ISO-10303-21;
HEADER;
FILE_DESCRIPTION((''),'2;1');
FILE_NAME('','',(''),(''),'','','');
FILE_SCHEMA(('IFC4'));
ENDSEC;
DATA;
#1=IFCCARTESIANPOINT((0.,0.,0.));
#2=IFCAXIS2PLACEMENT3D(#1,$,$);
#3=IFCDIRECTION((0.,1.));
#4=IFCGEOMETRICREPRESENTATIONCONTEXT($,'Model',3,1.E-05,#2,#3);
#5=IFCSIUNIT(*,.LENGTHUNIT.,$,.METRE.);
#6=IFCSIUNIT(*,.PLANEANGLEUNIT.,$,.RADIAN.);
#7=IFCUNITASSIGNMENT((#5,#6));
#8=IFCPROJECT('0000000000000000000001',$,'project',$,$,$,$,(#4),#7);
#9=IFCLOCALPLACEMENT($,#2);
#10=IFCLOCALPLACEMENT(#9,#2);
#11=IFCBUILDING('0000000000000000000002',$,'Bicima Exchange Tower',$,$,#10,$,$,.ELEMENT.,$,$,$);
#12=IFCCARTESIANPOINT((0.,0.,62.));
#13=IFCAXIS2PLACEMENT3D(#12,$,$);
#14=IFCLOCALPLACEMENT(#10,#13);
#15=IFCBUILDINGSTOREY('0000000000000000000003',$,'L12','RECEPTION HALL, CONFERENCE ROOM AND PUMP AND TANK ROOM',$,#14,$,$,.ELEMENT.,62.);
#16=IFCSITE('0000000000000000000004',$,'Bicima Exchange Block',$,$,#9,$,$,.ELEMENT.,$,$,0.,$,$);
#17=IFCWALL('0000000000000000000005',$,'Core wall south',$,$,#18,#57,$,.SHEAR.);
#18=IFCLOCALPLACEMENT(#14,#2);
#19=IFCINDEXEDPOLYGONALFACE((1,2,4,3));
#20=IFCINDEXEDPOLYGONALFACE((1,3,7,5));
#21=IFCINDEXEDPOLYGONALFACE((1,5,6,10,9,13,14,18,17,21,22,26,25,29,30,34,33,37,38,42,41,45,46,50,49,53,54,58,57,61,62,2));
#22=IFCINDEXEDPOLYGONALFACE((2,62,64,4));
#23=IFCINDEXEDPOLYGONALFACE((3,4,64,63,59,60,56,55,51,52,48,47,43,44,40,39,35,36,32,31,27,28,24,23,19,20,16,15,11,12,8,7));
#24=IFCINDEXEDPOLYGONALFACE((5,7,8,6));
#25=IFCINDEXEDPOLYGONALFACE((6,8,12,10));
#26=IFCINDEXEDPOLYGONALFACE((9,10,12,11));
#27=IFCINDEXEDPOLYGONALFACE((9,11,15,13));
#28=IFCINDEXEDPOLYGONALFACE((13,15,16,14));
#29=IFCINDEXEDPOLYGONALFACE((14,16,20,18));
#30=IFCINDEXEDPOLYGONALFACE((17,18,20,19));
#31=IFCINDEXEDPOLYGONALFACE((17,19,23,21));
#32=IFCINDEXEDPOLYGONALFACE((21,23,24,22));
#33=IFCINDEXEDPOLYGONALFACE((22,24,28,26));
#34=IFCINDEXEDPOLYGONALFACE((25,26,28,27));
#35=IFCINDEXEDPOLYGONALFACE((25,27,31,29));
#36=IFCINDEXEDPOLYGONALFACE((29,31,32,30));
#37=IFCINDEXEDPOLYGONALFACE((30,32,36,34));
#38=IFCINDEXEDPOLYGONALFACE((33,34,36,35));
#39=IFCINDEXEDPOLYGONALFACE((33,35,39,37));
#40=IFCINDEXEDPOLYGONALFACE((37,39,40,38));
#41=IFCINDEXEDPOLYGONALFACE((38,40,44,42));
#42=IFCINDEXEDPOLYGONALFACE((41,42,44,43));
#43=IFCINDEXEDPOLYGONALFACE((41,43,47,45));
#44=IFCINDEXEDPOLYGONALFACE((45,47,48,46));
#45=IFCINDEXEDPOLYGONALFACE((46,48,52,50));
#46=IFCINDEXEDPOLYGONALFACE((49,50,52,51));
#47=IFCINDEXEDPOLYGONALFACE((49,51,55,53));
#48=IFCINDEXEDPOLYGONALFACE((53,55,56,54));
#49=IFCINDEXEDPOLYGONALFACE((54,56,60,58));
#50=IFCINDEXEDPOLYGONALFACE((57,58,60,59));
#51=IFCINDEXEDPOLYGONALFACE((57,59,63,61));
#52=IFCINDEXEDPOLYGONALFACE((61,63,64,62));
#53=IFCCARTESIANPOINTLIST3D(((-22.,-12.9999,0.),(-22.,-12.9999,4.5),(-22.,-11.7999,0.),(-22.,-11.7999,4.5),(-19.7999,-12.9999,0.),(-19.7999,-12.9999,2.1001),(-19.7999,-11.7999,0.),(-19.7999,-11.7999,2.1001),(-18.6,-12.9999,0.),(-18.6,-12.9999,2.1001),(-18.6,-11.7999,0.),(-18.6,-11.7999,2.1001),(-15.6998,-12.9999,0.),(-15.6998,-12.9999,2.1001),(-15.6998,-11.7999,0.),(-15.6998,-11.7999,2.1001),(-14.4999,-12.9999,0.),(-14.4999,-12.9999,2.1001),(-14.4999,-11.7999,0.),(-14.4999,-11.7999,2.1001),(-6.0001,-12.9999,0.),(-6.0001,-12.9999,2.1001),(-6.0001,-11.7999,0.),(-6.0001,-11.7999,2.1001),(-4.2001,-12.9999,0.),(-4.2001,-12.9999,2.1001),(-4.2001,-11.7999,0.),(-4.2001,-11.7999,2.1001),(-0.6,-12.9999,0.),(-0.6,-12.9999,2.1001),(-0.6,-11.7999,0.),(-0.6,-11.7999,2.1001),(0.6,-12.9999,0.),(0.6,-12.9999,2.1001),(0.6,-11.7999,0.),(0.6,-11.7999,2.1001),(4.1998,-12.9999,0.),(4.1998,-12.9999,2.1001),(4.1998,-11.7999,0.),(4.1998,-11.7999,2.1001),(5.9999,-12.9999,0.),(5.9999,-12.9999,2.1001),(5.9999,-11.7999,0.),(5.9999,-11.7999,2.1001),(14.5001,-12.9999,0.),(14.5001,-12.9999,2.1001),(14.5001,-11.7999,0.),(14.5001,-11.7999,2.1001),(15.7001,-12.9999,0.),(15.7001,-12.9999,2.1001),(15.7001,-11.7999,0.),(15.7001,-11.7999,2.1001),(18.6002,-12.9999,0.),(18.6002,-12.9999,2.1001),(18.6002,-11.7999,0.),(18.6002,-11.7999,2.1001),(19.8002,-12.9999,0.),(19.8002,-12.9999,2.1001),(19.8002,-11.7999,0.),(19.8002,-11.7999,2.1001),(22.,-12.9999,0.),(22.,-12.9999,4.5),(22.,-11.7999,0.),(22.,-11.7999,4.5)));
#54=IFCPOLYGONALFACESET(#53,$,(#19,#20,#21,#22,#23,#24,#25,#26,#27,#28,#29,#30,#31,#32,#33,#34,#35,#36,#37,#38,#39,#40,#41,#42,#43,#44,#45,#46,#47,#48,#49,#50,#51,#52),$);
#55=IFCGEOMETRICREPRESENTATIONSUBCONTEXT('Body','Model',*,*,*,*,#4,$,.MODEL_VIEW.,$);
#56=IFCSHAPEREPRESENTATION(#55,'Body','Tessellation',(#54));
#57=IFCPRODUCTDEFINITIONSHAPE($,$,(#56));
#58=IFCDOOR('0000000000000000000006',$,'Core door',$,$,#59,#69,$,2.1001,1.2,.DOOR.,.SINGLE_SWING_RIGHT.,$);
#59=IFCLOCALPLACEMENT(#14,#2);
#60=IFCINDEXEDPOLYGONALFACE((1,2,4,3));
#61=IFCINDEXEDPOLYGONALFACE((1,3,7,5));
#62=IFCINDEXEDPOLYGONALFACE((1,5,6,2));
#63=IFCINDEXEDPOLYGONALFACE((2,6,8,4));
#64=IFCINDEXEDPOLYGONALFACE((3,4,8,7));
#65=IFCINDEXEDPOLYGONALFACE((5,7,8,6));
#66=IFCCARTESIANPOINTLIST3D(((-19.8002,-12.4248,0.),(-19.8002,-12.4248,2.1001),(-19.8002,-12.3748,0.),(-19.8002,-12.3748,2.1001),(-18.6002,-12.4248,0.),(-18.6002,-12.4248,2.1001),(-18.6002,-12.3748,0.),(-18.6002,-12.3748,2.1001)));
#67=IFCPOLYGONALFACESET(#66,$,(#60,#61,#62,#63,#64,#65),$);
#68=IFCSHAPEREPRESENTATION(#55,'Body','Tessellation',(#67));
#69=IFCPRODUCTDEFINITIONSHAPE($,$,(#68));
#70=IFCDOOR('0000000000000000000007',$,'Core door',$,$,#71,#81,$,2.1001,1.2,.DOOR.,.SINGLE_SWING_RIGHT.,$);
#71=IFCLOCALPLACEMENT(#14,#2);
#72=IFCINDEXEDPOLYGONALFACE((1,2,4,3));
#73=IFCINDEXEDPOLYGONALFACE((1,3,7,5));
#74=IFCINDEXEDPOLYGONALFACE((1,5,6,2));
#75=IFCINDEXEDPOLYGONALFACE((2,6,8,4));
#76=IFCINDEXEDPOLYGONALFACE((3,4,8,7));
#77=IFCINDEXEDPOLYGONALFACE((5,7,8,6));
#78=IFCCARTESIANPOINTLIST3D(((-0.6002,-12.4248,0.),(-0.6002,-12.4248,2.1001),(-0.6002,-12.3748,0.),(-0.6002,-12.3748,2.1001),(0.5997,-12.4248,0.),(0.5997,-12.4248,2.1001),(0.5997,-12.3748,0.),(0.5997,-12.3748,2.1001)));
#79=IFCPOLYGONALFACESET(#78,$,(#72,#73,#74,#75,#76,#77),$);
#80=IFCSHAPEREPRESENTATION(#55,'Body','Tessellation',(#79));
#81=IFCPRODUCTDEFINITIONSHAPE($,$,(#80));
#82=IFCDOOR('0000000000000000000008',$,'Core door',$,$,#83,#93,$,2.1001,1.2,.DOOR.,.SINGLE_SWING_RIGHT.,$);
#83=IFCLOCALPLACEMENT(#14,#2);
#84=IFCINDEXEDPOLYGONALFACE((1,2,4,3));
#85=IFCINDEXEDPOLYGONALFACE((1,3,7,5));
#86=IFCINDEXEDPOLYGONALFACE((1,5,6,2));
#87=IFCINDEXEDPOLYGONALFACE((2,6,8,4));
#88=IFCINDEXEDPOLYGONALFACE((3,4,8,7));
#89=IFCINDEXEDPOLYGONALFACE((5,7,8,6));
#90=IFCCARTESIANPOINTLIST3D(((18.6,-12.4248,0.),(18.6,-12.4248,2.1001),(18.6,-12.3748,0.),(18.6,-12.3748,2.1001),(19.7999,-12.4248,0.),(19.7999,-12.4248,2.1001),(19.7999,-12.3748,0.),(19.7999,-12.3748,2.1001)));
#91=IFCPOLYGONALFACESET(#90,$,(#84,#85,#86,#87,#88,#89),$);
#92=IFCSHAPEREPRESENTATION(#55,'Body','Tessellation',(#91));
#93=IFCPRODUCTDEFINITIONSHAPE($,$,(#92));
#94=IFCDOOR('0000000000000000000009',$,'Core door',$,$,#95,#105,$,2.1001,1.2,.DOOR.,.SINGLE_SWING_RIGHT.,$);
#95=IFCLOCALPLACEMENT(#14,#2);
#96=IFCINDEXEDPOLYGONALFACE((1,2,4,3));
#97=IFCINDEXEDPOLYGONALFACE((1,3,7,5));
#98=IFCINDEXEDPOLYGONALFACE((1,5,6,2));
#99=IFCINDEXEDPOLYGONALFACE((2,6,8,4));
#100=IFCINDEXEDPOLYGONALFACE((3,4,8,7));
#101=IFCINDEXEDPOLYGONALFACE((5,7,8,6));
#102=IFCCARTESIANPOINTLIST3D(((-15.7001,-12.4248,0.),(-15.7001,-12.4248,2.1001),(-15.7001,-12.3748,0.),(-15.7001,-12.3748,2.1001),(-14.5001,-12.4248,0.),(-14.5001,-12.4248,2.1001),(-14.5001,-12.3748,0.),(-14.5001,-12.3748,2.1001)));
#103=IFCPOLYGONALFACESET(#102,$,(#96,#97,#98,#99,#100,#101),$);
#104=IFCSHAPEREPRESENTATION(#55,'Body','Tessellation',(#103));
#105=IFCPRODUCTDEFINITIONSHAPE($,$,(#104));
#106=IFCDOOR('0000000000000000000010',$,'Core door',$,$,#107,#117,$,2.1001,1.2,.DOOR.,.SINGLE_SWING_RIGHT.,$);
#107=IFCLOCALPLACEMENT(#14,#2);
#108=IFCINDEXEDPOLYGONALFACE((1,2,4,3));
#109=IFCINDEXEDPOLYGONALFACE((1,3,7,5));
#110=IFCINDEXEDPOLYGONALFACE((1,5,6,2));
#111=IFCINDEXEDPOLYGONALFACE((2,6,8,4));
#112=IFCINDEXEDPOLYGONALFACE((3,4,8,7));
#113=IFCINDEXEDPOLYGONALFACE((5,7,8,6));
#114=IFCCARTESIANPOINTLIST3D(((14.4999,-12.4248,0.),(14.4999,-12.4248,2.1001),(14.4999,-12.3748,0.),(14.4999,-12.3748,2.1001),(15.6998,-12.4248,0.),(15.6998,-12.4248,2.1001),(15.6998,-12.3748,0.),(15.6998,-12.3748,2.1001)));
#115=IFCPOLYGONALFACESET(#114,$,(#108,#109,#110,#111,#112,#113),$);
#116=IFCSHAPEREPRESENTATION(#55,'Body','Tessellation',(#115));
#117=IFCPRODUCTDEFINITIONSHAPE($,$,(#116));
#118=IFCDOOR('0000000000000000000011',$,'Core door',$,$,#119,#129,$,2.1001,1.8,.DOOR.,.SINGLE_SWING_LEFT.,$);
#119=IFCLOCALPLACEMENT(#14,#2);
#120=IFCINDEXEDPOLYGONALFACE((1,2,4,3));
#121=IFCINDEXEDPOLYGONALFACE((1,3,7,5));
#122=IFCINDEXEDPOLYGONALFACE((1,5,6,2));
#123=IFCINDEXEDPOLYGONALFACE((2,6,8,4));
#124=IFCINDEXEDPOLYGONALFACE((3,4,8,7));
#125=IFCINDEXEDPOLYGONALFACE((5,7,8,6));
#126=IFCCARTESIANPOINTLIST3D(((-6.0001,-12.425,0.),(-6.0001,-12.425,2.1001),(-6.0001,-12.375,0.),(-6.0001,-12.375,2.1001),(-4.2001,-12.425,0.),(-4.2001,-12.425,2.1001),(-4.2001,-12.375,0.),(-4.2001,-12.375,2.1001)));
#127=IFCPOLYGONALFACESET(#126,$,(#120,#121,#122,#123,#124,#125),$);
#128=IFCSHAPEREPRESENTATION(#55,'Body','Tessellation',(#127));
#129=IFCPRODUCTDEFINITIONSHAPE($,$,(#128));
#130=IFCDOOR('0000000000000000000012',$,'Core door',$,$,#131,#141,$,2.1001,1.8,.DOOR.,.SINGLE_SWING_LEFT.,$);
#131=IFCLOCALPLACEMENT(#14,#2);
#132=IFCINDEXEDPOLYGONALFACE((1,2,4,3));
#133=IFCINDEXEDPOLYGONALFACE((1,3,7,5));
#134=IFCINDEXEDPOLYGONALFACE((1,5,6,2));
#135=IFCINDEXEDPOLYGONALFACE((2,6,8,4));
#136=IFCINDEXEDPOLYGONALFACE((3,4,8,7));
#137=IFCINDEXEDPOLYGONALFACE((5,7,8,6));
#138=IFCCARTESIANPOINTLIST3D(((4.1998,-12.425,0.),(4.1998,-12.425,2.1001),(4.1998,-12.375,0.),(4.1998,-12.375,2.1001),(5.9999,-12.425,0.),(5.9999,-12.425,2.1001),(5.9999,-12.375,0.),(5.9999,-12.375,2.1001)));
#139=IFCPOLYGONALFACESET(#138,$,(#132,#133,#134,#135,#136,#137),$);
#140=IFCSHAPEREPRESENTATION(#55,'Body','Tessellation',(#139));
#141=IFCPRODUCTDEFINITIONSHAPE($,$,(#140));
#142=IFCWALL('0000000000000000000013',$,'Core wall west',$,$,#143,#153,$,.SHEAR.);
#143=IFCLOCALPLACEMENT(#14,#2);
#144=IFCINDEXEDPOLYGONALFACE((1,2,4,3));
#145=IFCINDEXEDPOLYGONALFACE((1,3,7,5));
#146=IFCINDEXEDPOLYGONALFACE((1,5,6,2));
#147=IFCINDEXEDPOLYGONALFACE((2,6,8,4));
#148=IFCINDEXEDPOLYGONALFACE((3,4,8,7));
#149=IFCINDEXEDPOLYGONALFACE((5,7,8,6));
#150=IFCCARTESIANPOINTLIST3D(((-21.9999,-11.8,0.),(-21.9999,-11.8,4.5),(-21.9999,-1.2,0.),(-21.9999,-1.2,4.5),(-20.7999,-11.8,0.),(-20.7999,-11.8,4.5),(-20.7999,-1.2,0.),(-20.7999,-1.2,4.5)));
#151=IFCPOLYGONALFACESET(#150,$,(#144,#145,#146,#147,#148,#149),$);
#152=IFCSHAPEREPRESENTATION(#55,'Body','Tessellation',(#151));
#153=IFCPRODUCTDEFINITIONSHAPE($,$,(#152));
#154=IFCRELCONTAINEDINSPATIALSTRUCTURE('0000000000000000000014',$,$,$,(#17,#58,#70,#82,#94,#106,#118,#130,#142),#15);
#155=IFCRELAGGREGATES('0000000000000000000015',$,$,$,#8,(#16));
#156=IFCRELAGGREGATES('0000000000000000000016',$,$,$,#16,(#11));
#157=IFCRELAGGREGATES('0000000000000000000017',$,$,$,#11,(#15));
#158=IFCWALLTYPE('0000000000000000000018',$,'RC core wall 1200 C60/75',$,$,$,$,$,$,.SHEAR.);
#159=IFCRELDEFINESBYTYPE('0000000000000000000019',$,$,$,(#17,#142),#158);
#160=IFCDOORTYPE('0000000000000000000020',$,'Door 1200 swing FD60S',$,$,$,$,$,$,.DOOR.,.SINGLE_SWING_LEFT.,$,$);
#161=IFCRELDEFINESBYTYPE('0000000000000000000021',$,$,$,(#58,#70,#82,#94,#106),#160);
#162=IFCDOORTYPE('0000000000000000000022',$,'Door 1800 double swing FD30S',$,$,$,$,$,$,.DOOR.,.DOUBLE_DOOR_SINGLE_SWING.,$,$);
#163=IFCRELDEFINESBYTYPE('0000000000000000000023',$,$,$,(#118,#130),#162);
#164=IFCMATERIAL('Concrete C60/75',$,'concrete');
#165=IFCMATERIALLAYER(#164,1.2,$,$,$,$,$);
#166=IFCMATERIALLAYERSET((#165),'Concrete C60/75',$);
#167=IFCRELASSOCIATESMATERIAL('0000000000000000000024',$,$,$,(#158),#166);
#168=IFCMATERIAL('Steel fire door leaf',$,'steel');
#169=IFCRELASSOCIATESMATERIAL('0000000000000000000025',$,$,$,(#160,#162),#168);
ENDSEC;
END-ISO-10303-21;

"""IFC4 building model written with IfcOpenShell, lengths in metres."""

from ifc_helpers import new_model, si_unit, direction, frame, frame_2d, origin, place, context, subcontext, project, spatial, rectangle, extrude, material, layer, layer_set, type_object, element, fill, save


model = new_model("IFC4")

# Units and contexts
model_context = context("Model", 3, precision=1e-05, world=origin(), true_north=direction((0.0, 1.0)))
body_context = subcontext(model_context, "Body", "Model", "MODEL_VIEW")
ifc_project = project(units=[si_unit("LENGTHUNIT", "METRE"), si_unit("PLANEANGLEUNIT", "RADIAN")], contexts=[model_context])

# Site, building, storey
site_placement = place(None, origin())
site = spatial("IfcSite", under=ifc_project, at=site_placement, Name="Bicima Exchange Block", CompositionType="ELEMENT", RefElevation=0.0)
building_placement = place(site_placement, origin())
building = spatial("IfcBuilding", under=site, at=building_placement, Name="Bicima Exchange Tower", CompositionType="ELEMENT")
storey_placement = place(building_placement, frame((0.0, 0.0, 62.0)))
storey = spatial("IfcBuildingStorey", under=building, at=storey_placement, Name="L12", Description="RECEPTION HALL, CONFERENCE ROOM AND PUMP AND TANK ROOM", CompositionType="ELEMENT", Elevation=62.0)

# Shared definitions
ifc_material_1 = material(Name="Steel fire door leaf", Category="steel")

# Wall, openings, doors
ifc_material_2 = material(Name="Concrete C60/75", Category="concrete")
ifc_layer_1 = layer(ifc_material_2, 1.2)
ifc_layer_set_1 = layer_set([ifc_layer_1], Name="Concrete C60/75")
wall_type_1 = type_object("IfcWallType", Name="RC core wall 1200 C60/75", PredefinedType="SHEAR", material=ifc_layer_set_1)
wall_1_placement = place(storey_placement, frame((-22.0, -12.3999, 0.0), z_axis=(0.0, 0.0, 1.0), x_axis=(1.0, 0.0, 0.0)))
wall_1 = element("IfcWall", 1, at=wall_1_placement, inside=storey, type_object=wall_type_1, Name="Core wall south", PredefinedType="SHEAR", context=body_context, shape_type="SweptSolid", body=[
    extrude(rectangle(XDim=44.0, YDim=1.2, at=frame_2d((22.0, 0.0))), origin(), (0.0, 0.0, 1.0), 4.5),
])
opening_1_placement = place(wall_1_placement, frame((2.2, 0.0, 0.0)))
opening_1 = element("IfcOpeningElement", 2, at=opening_1_placement, cuts=wall_1, PredefinedType="OPENING", context=body_context, shape_type="SweptSolid", body=[
    extrude(rectangle(XDim=1.2, YDim=2.1001, at=frame_2d((0.6001, 1.05))), frame((0.0, 0.6118, 0.0), z_axis=(0.0, -1.0, 0.0), x_axis=(1.0, 0.0, 0.0)), (0.0, 0.0, 1.0), 1.2239),
])
opening_2_placement = place(wall_1_placement, frame((21.3999, 0.0, 0.0)))
opening_2 = element("IfcOpeningElement", 3, at=opening_2_placement, cuts=wall_1, PredefinedType="OPENING", context=body_context, shape_type="SweptSolid", body=[
    extrude(rectangle(XDim=1.2, YDim=2.1001, at=frame_2d((0.6001, 1.05))), frame((0.0, 0.6118, 0.0), z_axis=(0.0, -1.0, 0.0), x_axis=(1.0, 0.0, 0.0)), (0.0, 0.0, 1.0), 1.2239),
])
opening_3_placement = place(wall_1_placement, frame((40.6001, 0.0, 0.0)))
opening_3 = element("IfcOpeningElement", 4, at=opening_3_placement, cuts=wall_1, PredefinedType="OPENING", context=body_context, shape_type="SweptSolid", body=[
    extrude(rectangle(XDim=1.2, YDim=2.1001, at=frame_2d((0.6001, 1.05))), frame((0.0, 0.6118, 0.0), z_axis=(0.0, -1.0, 0.0), x_axis=(1.0, 0.0, 0.0)), (0.0, 0.0, 1.0), 1.2239),
])
opening_4_placement = place(wall_1_placement, frame((16.0, 0.0, 0.0)))
opening_4 = element("IfcOpeningElement", 5, at=opening_4_placement, cuts=wall_1, PredefinedType="OPENING", context=body_context, shape_type="SweptSolid", body=[
    extrude(rectangle(XDim=1.8, YDim=2.1001, at=frame_2d((0.8999, 1.05))), frame((0.0, 0.6118, 0.0), z_axis=(0.0, -1.0, 0.0), x_axis=(1.0, 0.0, 0.0)), (0.0, 0.0, 1.0), 1.2239),
])
opening_5_placement = place(wall_1_placement, frame((6.3, 0.0, 0.0)))
opening_5 = element("IfcOpeningElement", 6, at=opening_5_placement, cuts=wall_1, PredefinedType="OPENING", context=body_context, shape_type="SweptSolid", body=[
    extrude(rectangle(XDim=1.2, YDim=2.1001, at=frame_2d((0.6001, 1.05))), frame((0.0, 0.6118, 0.0), z_axis=(0.0, -1.0, 0.0), x_axis=(1.0, 0.0, 0.0)), (0.0, 0.0, 1.0), 1.2239),
])
opening_6_placement = place(wall_1_placement, frame((26.2, 0.0, 0.0)))
opening_6 = element("IfcOpeningElement", 7, at=opening_6_placement, cuts=wall_1, PredefinedType="OPENING", context=body_context, shape_type="SweptSolid", body=[
    extrude(rectangle(XDim=1.8, YDim=2.1001, at=frame_2d((0.8999, 1.05))), frame((0.0, 0.6118, 0.0), z_axis=(0.0, -1.0, 0.0), x_axis=(1.0, 0.0, 0.0)), (0.0, 0.0, 1.0), 1.2239),
])
opening_7_placement = place(wall_1_placement, frame((36.5, 0.0, 0.0)))
opening_7 = element("IfcOpeningElement", 8, at=opening_7_placement, cuts=wall_1, PredefinedType="OPENING", context=body_context, shape_type="SweptSolid", body=[
    extrude(rectangle(XDim=1.2, YDim=2.1001, at=frame_2d((0.6001, 1.05))), frame((0.0, 0.6118, 0.0), z_axis=(0.0, -1.0, 0.0), x_axis=(1.0, 0.0, 0.0)), (0.0, 0.0, 1.0), 1.2239),
])
door_type_1 = type_object("IfcDoorType", Name="Door 1200 swing FD60S", OperationType="SINGLE_SWING_LEFT", PredefinedType="DOOR", material=ifc_material_1)
door_1_placement = place(opening_1_placement, frame((1.2, 0.0, 0.0), z_axis=(0.0, 0.0, 1.0), x_axis=(-1.0, 0.0, 0.0)))
door_1 = element("IfcDoor", 9, at=door_1_placement, inside=storey, type_object=door_type_1, Name="Core door", OperationType="SINGLE_SWING_RIGHT", OverallHeight=2.1001, OverallWidth=1.2, PredefinedType="DOOR", context=body_context, shape_type="SweptSolid", body=[
    extrude(rectangle(XDim=1.2, YDim=2.1001, at=frame_2d((0.6001, 1.05))), frame((0.0, 0.0249, 0.0), z_axis=(0.0, -1.0, 0.0), x_axis=(1.0, 0.0, 0.0)), (0.0, 0.0, 1.0), 0.05),
])
fill(opening_1, door_1)
door_2_placement = place(opening_2_placement, frame((1.2, 0.0, 0.0), z_axis=(0.0, 0.0, 1.0), x_axis=(-1.0, 0.0, 0.0)))
door_2 = element("IfcDoor", 10, at=door_2_placement, inside=storey, type_object=door_type_1, Name="Core door", OperationType="SINGLE_SWING_RIGHT", OverallHeight=2.1001, OverallWidth=1.2, PredefinedType="DOOR", context=body_context, shape_type="SweptSolid", body=[
    extrude(rectangle(XDim=1.2, YDim=2.1001, at=frame_2d((0.6001, 1.05))), frame((0.0, 0.0249, 0.0), z_axis=(0.0, -1.0, 0.0), x_axis=(1.0, 0.0, 0.0)), (0.0, 0.0, 1.0), 0.05),
])
fill(opening_2, door_2)
door_3_placement = place(opening_3_placement, frame((1.2, 0.0, 0.0), z_axis=(0.0, 0.0, 1.0), x_axis=(-1.0, 0.0, 0.0)))
door_3 = element("IfcDoor", 11, at=door_3_placement, inside=storey, type_object=door_type_1, Name="Core door", OperationType="SINGLE_SWING_RIGHT", OverallHeight=2.1001, OverallWidth=1.2, PredefinedType="DOOR", context=body_context, shape_type="SweptSolid", body=[
    extrude(rectangle(XDim=1.2, YDim=2.1001, at=frame_2d((0.6001, 1.05))), frame((0.0, 0.0249, 0.0), z_axis=(0.0, -1.0, 0.0), x_axis=(1.0, 0.0, 0.0)), (0.0, 0.0, 1.0), 0.05),
])
fill(opening_3, door_3)
door_4_placement = place(opening_5_placement, frame((1.2, 0.0, 0.0), z_axis=(0.0, 0.0, 1.0), x_axis=(-1.0, 0.0, 0.0)))
door_4 = element("IfcDoor", 12, at=door_4_placement, inside=storey, type_object=door_type_1, Name="Core door", OperationType="SINGLE_SWING_RIGHT", OverallHeight=2.1001, OverallWidth=1.2, PredefinedType="DOOR", context=body_context, shape_type="SweptSolid", body=[
    extrude(rectangle(XDim=1.2, YDim=2.1001, at=frame_2d((0.6001, 1.05))), frame((0.0, 0.0249, 0.0), z_axis=(0.0, -1.0, 0.0), x_axis=(1.0, 0.0, 0.0)), (0.0, 0.0, 1.0), 0.05),
])
fill(opening_5, door_4)
door_5_placement = place(opening_7_placement, frame((1.2, 0.0, 0.0), z_axis=(0.0, 0.0, 1.0), x_axis=(-1.0, 0.0, 0.0)))
door_5 = element("IfcDoor", 13, at=door_5_placement, inside=storey, type_object=door_type_1, Name="Core door", OperationType="SINGLE_SWING_RIGHT", OverallHeight=2.1001, OverallWidth=1.2, PredefinedType="DOOR", context=body_context, shape_type="SweptSolid", body=[
    extrude(rectangle(XDim=1.2, YDim=2.1001, at=frame_2d((0.6001, 1.05))), frame((0.0, 0.0249, 0.0), z_axis=(0.0, -1.0, 0.0), x_axis=(1.0, 0.0, 0.0)), (0.0, 0.0, 1.0), 0.05),
])
fill(opening_7, door_5)
door_type_2 = type_object("IfcDoorType", Name="Door 1800 double swing FD30S", OperationType="DOUBLE_DOOR_SINGLE_SWING", PredefinedType="DOOR", material=ifc_material_1)
door_6_placement = place(opening_4_placement, origin())
door_6 = element("IfcDoor", 14, at=door_6_placement, inside=storey, type_object=door_type_2, Name="Core door", OperationType="SINGLE_SWING_LEFT", OverallHeight=2.1001, OverallWidth=1.8, PredefinedType="DOOR", context=body_context, shape_type="SweptSolid", body=[
    extrude(rectangle(XDim=1.8, YDim=2.1001, at=frame_2d((0.8999, 1.05))), frame((0.0, 0.0249, 0.0), z_axis=(0.0, -1.0, 0.0), x_axis=(1.0, 0.0, 0.0)), (0.0, 0.0, 1.0), 0.05),
])
fill(opening_4, door_6)
door_7_placement = place(opening_6_placement, origin())
door_7 = element("IfcDoor", 15, at=door_7_placement, inside=storey, type_object=door_type_2, Name="Core door", OperationType="SINGLE_SWING_LEFT", OverallHeight=2.1001, OverallWidth=1.8, PredefinedType="DOOR", context=body_context, shape_type="SweptSolid", body=[
    extrude(rectangle(XDim=1.8, YDim=2.1001, at=frame_2d((0.8999, 1.05))), frame((0.0, 0.0249, 0.0), z_axis=(0.0, -1.0, 0.0), x_axis=(1.0, 0.0, 0.0)), (0.0, 0.0, 1.0), 0.05),
])
fill(opening_6, door_7)

# Wall
wall_2_placement = place(storey_placement, frame((-21.3999, -11.8, 0.0), z_axis=(0.0, 0.0, 1.0), x_axis=(0.0, 1.0, 0.0)))
element("IfcWall", 16, at=wall_2_placement, inside=storey, type_object=wall_type_1, Name="Core wall west", PredefinedType="SHEAR", context=body_context, shape_type="SweptSolid", body=[
    extrude(rectangle(XDim=10.6001, YDim=1.2, at=frame_2d((5.3, 0.0))), origin(), (0.0, 0.0, 1.0), 4.5),
])

save(model, "model.ifc")
